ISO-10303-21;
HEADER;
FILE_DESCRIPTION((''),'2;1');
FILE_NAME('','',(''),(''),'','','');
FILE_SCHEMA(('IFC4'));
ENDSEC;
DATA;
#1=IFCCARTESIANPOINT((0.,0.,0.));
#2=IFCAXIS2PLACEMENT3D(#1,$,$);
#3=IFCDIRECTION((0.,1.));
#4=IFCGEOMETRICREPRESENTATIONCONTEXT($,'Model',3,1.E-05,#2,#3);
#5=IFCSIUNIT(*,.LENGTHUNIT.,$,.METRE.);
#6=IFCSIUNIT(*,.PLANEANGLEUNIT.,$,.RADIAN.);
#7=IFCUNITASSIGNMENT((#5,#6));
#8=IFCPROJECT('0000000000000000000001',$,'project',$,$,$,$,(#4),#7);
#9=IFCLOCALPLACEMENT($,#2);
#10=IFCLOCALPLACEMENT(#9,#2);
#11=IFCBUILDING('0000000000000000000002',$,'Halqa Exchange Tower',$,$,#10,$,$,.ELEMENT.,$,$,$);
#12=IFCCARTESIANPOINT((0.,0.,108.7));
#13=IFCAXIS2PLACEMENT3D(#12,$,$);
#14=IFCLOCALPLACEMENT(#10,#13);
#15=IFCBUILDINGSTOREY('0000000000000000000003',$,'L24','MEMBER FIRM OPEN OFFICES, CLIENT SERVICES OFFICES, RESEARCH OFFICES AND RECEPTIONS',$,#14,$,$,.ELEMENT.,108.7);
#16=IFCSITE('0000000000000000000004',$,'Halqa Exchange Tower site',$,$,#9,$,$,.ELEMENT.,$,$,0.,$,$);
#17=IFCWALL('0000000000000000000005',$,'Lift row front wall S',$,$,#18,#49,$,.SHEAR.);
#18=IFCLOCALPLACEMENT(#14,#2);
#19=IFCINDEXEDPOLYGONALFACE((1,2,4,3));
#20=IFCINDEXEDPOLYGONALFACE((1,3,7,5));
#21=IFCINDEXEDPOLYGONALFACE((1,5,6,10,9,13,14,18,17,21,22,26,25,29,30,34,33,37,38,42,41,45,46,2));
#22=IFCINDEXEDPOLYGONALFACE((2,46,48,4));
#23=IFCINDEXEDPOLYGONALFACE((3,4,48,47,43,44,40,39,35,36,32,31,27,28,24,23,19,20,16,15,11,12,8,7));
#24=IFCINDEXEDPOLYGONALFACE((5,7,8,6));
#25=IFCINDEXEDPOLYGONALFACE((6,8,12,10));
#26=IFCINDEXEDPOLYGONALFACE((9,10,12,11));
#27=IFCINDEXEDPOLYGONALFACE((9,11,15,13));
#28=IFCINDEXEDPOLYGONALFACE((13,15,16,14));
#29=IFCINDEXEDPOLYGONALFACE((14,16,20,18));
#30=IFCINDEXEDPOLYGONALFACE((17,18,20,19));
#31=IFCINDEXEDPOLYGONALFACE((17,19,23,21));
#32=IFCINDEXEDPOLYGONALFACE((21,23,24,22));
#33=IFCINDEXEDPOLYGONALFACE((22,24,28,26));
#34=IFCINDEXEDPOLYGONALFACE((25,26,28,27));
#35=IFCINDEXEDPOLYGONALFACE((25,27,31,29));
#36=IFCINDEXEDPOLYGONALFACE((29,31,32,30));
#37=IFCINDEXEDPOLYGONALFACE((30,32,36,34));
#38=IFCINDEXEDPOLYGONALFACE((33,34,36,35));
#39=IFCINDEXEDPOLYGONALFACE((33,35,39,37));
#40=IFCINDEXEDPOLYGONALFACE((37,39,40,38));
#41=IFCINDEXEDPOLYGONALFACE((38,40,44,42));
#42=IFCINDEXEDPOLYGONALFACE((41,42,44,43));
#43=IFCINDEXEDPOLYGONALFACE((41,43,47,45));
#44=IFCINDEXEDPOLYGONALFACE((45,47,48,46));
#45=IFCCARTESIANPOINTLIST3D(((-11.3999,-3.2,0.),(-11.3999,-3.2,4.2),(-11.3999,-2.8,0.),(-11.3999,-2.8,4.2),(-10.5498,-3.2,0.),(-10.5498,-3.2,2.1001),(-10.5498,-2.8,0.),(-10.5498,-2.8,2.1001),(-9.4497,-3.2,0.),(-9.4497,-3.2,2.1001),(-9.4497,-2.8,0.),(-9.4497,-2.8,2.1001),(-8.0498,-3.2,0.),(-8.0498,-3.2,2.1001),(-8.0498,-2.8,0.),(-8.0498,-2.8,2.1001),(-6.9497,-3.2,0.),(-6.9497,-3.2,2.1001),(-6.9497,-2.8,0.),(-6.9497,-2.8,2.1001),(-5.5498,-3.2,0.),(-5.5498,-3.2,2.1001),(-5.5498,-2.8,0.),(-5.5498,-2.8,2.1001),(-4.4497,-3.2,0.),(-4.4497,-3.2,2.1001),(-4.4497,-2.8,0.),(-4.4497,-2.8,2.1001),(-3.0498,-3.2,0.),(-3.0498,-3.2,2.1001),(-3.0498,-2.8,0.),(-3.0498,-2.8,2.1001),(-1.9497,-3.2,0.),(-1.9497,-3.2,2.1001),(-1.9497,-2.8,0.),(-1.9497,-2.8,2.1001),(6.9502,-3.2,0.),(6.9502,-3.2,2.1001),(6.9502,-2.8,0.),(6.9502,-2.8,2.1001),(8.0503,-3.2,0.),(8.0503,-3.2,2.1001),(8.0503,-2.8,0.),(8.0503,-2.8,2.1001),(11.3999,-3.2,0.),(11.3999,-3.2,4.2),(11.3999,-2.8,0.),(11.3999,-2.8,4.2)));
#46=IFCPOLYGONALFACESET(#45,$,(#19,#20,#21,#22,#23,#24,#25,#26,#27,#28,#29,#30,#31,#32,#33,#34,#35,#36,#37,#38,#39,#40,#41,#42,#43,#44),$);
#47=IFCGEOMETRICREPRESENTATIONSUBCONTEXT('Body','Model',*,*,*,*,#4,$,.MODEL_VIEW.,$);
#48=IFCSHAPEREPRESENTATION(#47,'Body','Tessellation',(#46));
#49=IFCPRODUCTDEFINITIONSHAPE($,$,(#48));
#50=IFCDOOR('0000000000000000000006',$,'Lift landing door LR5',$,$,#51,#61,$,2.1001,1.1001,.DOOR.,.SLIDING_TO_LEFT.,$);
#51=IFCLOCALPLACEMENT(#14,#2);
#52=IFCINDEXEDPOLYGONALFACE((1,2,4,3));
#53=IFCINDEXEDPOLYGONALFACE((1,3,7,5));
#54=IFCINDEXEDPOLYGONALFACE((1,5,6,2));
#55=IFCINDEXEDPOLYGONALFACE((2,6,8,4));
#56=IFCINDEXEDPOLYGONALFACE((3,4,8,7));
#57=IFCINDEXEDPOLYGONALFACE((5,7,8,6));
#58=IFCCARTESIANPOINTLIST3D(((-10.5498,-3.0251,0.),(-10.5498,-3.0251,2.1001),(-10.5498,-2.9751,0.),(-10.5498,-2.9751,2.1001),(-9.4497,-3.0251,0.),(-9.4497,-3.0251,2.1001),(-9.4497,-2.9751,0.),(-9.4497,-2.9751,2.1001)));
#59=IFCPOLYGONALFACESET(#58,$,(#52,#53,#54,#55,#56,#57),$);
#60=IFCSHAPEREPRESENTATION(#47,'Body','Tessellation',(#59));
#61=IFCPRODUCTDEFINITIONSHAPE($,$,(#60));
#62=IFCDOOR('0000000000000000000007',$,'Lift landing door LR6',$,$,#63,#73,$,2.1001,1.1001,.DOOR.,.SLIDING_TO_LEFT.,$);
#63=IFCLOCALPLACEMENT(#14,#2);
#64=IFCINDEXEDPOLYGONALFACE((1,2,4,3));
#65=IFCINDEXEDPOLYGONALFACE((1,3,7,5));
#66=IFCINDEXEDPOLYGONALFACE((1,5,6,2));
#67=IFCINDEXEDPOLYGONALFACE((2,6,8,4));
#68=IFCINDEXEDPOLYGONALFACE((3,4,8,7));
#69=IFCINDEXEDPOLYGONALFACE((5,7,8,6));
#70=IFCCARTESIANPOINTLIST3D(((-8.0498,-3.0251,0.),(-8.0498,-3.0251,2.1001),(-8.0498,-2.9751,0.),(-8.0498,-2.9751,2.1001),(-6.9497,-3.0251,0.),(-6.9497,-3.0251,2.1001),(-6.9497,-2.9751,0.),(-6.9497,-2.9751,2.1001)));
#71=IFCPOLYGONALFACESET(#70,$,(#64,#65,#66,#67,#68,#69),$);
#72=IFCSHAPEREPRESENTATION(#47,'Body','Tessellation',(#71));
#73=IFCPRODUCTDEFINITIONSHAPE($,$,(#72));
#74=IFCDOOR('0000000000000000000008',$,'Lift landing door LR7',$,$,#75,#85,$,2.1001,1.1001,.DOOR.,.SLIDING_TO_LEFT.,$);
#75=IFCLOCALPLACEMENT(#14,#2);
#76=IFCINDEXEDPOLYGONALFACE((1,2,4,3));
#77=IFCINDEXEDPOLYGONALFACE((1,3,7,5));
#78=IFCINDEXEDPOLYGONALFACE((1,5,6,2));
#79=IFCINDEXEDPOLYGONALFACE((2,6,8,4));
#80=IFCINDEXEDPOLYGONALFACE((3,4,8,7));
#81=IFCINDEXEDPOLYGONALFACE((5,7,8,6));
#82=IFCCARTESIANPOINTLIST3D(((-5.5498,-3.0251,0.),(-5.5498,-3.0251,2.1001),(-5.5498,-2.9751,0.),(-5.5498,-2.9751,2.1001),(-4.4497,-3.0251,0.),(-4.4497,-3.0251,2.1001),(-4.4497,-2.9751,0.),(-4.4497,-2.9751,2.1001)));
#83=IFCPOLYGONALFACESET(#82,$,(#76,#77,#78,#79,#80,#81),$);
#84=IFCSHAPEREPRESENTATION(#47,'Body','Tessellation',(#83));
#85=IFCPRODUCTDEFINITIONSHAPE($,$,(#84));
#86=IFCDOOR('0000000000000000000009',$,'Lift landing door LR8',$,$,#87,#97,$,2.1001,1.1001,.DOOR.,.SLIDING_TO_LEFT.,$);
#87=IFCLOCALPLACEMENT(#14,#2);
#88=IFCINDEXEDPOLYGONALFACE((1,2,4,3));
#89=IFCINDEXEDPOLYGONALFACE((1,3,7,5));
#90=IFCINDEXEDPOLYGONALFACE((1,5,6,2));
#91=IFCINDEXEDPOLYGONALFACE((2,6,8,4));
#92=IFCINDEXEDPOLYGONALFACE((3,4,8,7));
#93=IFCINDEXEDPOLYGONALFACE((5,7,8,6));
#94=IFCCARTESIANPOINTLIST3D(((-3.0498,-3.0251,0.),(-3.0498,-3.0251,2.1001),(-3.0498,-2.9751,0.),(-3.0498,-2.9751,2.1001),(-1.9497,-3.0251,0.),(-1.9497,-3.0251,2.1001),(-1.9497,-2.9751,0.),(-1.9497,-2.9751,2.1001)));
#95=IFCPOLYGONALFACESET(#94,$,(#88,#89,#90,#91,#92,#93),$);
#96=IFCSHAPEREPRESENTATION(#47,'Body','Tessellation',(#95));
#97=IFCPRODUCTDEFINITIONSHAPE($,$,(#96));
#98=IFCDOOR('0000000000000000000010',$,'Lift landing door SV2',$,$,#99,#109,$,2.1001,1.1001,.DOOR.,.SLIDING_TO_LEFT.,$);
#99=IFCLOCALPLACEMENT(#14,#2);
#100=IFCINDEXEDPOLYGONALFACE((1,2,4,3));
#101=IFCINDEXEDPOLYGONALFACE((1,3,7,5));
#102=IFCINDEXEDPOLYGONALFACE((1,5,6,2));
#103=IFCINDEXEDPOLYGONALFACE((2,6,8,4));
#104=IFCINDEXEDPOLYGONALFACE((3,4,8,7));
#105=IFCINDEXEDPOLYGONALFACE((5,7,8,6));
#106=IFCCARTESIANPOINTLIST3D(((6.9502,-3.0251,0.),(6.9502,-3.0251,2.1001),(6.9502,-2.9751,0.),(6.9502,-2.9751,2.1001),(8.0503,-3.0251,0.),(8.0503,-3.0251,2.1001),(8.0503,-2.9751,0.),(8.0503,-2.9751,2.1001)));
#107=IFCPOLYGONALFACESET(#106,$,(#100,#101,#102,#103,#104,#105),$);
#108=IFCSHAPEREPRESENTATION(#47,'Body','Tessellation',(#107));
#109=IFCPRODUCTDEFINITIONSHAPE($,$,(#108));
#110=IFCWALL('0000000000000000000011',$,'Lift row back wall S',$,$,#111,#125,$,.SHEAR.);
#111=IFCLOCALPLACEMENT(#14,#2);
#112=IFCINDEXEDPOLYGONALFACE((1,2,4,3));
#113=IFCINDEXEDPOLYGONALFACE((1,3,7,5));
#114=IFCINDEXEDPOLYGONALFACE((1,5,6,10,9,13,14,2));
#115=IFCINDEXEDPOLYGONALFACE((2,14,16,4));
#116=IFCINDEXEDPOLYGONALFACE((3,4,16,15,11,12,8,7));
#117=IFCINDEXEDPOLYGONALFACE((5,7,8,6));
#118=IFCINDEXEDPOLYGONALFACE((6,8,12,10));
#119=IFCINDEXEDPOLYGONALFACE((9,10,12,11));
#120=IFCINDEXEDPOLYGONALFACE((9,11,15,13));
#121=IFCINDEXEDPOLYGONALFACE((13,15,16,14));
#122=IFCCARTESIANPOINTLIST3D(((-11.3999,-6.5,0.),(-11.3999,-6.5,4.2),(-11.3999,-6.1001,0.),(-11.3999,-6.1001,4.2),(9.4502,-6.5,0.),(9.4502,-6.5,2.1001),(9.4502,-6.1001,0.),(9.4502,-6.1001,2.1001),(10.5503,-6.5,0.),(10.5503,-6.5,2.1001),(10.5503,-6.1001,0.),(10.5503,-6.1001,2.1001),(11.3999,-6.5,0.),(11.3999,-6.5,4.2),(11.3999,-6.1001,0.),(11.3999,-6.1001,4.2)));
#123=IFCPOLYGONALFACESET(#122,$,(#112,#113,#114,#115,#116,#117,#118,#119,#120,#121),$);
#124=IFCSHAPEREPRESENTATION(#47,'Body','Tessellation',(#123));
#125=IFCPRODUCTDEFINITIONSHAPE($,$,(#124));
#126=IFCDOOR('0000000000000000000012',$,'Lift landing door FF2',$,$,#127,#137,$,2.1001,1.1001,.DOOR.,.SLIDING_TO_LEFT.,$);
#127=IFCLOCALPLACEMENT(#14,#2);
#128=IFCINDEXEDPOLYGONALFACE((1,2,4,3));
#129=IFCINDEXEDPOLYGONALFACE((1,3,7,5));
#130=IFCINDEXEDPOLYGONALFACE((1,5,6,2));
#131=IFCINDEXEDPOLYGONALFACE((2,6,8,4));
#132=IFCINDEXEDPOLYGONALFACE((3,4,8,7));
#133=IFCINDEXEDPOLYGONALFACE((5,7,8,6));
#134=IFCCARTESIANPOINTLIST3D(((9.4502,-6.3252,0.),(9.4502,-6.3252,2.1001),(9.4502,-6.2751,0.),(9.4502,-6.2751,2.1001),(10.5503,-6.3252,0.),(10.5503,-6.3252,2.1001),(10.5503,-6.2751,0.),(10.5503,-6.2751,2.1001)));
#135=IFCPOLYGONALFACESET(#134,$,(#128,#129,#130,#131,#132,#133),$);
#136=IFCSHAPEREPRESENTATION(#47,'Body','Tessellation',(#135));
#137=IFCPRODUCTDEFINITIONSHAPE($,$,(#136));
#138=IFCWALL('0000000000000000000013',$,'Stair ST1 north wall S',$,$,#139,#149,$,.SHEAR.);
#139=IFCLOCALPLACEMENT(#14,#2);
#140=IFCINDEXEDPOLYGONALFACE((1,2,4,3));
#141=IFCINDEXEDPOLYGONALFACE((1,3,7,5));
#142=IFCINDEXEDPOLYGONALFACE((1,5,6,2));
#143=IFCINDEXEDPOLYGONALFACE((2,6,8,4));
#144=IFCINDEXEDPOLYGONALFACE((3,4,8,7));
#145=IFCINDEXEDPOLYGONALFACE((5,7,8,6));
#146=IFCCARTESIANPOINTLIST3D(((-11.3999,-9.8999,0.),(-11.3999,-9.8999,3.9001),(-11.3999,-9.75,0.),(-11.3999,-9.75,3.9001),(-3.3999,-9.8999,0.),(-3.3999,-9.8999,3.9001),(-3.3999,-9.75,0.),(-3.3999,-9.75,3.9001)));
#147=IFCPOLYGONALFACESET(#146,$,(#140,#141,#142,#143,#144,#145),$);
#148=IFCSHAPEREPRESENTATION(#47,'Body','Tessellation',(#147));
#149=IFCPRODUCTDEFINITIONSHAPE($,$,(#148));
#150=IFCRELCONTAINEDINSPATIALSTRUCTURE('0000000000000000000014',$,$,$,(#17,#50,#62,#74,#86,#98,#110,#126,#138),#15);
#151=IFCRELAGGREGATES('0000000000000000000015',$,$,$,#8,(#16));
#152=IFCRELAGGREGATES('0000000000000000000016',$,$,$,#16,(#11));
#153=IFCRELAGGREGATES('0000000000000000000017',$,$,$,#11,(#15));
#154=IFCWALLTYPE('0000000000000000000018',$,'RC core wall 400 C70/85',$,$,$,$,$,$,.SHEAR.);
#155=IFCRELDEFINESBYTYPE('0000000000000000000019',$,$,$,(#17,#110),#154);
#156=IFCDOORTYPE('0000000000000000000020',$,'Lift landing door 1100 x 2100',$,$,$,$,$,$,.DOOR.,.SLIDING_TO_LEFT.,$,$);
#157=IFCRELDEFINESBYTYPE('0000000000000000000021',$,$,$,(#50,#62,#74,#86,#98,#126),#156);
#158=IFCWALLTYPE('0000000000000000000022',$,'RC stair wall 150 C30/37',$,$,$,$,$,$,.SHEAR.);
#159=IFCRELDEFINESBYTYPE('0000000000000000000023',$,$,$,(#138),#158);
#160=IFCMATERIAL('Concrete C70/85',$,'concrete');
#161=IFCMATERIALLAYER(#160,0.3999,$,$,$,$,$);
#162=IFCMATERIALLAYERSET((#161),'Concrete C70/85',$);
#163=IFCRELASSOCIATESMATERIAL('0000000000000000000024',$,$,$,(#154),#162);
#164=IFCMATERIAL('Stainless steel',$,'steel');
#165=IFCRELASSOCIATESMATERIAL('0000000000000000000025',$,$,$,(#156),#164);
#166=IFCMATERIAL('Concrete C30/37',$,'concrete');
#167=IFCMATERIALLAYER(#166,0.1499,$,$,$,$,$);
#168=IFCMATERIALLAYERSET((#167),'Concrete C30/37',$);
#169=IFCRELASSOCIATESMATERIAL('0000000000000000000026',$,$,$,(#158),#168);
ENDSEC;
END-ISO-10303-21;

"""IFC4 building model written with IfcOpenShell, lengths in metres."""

from ifc_helpers import new_model, si_unit, direction, frame, frame_2d, origin, place, context, subcontext, project, spatial, rectangle, extrude, material, layer, layer_set, type_object, element, fill, save


model = new_model("IFC4")

# Units and contexts
model_context = context("Model", 3, precision=1e-05, world=origin(), true_north=direction((0.0, 1.0)))
body_context = subcontext(model_context, "Body", "Model", "MODEL_VIEW")
ifc_project = project(units=[si_unit("LENGTHUNIT", "METRE"), si_unit("PLANEANGLEUNIT", "RADIAN")], contexts=[model_context])

# Site, building, storey
site_placement = place(None, origin())
site = spatial("IfcSite", under=ifc_project, at=site_placement, Name="Halqa Exchange Tower site", CompositionType="ELEMENT", RefElevation=0.0)
building_placement = place(site_placement, origin())
building = spatial("IfcBuilding", under=site, at=building_placement, Name="Halqa Exchange Tower", CompositionType="ELEMENT")
storey_placement = place(building_placement, frame((0.0, 0.0, 108.7)))
storey = spatial("IfcBuildingStorey", under=building, at=storey_placement, Name="L24", Description="MEMBER FIRM OPEN OFFICES, CLIENT SERVICES OFFICES, RESEARCH OFFICES AND RECEPTIONS", CompositionType="ELEMENT", Elevation=108.7)

# Wall, openings, doors
ifc_material_1 = material(Name="Concrete C70/85", Category="concrete")
ifc_layer_1 = layer(ifc_material_1, 0.3999)
ifc_layer_set_1 = layer_set([ifc_layer_1], Name="Concrete C70/85")
wall_type_1 = type_object("IfcWallType", Name="RC core wall 400 C70/85", PredefinedType="SHEAR", material=ifc_layer_set_1)
wall_1_placement = place(storey_placement, frame((-11.3999, -3.0, 0.0), z_axis=(0.0, 0.0, 1.0), x_axis=(1.0, 0.0, 0.0)))
wall_1 = element("IfcWall", 1, at=wall_1_placement, inside=storey, type_object=wall_type_1, Name="Lift row front wall S", PredefinedType="SHEAR", context=body_context, shape_type="SweptSolid", body=[
    extrude(rectangle(XDim=22.7998, YDim=0.3999, at=frame_2d((11.3999, 0.0))), origin(), (0.0, 0.0, 1.0), 4.2),
])
opening_1_placement = place(wall_1_placement, frame((0.8501, 0.0, 0.0)))
opening_1 = element("IfcOpeningElement", 2, at=opening_1_placement, cuts=wall_1, PredefinedType="OPENING", context=body_context, shape_type="SweptSolid", body=[
    extrude(rectangle(XDim=1.1001, YDim=2.1001, at=frame_2d((0.55, 1.05))), frame((0.0, 0.2119, 0.0), z_axis=(0.0, -1.0, 0.0), x_axis=(1.0, 0.0, 0.0)), (0.0, 0.0, 1.0), 0.4238),
])
opening_2_placement = place(wall_1_placement, frame((3.3501, 0.0, 0.0)))
opening_2 = element("IfcOpeningElement", 3, at=opening_2_placement, cuts=wall_1, PredefinedType="OPENING", context=body_context, shape_type="SweptSolid", body=[
    extrude(rectangle(XDim=1.1001, YDim=2.1001, at=frame_2d((0.55, 1.05))), frame((0.0, 0.2119, 0.0), z_axis=(0.0, -1.0, 0.0), x_axis=(1.0, 0.0, 0.0)), (0.0, 0.0, 1.0), 0.4238),
])
opening_3_placement = place(wall_1_placement, frame((5.8501, 0.0, 0.0)))
opening_3 = element("IfcOpeningElement", 4, at=opening_3_placement, cuts=wall_1, PredefinedType="OPENING", context=body_context, shape_type="SweptSolid", body=[
    extrude(rectangle(XDim=1.1001, YDim=2.1001, at=frame_2d((0.55, 1.05))), frame((0.0, 0.2119, 0.0), z_axis=(0.0, -1.0, 0.0), x_axis=(1.0, 0.0, 0.0)), (0.0, 0.0, 1.0), 0.4238),
])
opening_4_placement = place(wall_1_placement, frame((8.3501, 0.0, 0.0)))
opening_4 = element("IfcOpeningElement", 5, at=opening_4_placement, cuts=wall_1, PredefinedType="OPENING", context=body_context, shape_type="SweptSolid", body=[
    extrude(rectangle(XDim=1.1001, YDim=2.1001, at=frame_2d((0.55, 1.05))), frame((0.0, 0.2119, 0.0), z_axis=(0.0, -1.0, 0.0), x_axis=(1.0, 0.0, 0.0)), (0.0, 0.0, 1.0), 0.4238),
])
opening_5_placement = place(wall_1_placement, frame((18.3501, 0.0, 0.0)))
opening_5 = element("IfcOpeningElement", 6, at=opening_5_placement, cuts=wall_1, PredefinedType="OPENING", context=body_context, shape_type="SweptSolid", body=[
    extrude(rectangle(XDim=1.1001, YDim=2.1001, at=frame_2d((0.55, 1.05))), frame((0.0, 0.2119, 0.0), z_axis=(0.0, -1.0, 0.0), x_axis=(1.0, 0.0, 0.0)), (0.0, 0.0, 1.0), 0.4238),
])
ifc_material_2 = material(Name="Stainless steel", Category="steel")
door_type = type_object("IfcDoorType", Name="Lift landing door 1100 x 2100", OperationType="SLIDING_TO_LEFT", PredefinedType="DOOR", material=ifc_material_2)
door_1_placement = place(opening_1_placement, origin())
door_1 = element("IfcDoor", 7, at=door_1_placement, inside=storey, type_object=door_type, Name="Lift landing door LR5", OperationType="SLIDING_TO_LEFT", OverallHeight=2.1001, OverallWidth=1.1001, PredefinedType="DOOR", context=body_context, shape_type="SweptSolid", body=[
    extrude(rectangle(XDim=1.1001, YDim=2.1001, at=frame_2d((0.55, 1.05))), frame((0.0, 0.0249, 0.0), z_axis=(0.0, -1.0, 0.0), x_axis=(1.0, 0.0, 0.0)), (0.0, 0.0, 1.0), 0.05),
])
fill(opening_1, door_1)
door_2_placement = place(opening_2_placement, origin())
door_2 = element("IfcDoor", 8, at=door_2_placement, inside=storey, type_object=door_type, Name="Lift landing door LR6", OperationType="SLIDING_TO_LEFT", OverallHeight=2.1001, OverallWidth=1.1001, PredefinedType="DOOR", context=body_context, shape_type="SweptSolid", body=[
    extrude(rectangle(XDim=1.1001, YDim=2.1001, at=frame_2d((0.55, 1.05))), frame((0.0, 0.0249, 0.0), z_axis=(0.0, -1.0, 0.0), x_axis=(1.0, 0.0, 0.0)), (0.0, 0.0, 1.0), 0.05),
])
fill(opening_2, door_2)
door_3_placement = place(opening_3_placement, origin())
door_3 = element("IfcDoor", 9, at=door_3_placement, inside=storey, type_object=door_type, Name="Lift landing door LR7", OperationType="SLIDING_TO_LEFT", OverallHeight=2.1001, OverallWidth=1.1001, PredefinedType="DOOR", context=body_context, shape_type="SweptSolid", body=[
    extrude(rectangle(XDim=1.1001, YDim=2.1001, at=frame_2d((0.55, 1.05))), frame((0.0, 0.0249, 0.0), z_axis=(0.0, -1.0, 0.0), x_axis=(1.0, 0.0, 0.0)), (0.0, 0.0, 1.0), 0.05),
])
fill(opening_3, door_3)
door_4_placement = place(opening_4_placement, origin())
door_4 = element("IfcDoor", 10, at=door_4_placement, inside=storey, type_object=door_type, Name="Lift landing door LR8", OperationType="SLIDING_TO_LEFT", OverallHeight=2.1001, OverallWidth=1.1001, PredefinedType="DOOR", context=body_context, shape_type="SweptSolid", body=[
    extrude(rectangle(XDim=1.1001, YDim=2.1001, at=frame_2d((0.55, 1.05))), frame((0.0, 0.0249, 0.0), z_axis=(0.0, -1.0, 0.0), x_axis=(1.0, 0.0, 0.0)), (0.0, 0.0, 1.0), 0.05),
])
fill(opening_4, door_4)
door_5_placement = place(opening_5_placement, origin())
door_5 = element("IfcDoor", 11, at=door_5_placement, inside=storey, type_object=door_type, Name="Lift landing door SV2", OperationType="SLIDING_TO_LEFT", OverallHeight=2.1001, OverallWidth=1.1001, PredefinedType="DOOR", context=body_context, shape_type="SweptSolid", body=[
    extrude(rectangle(XDim=1.1001, YDim=2.1001, at=frame_2d((0.55, 1.05))), frame((0.0, 0.0249, 0.0), z_axis=(0.0, -1.0, 0.0), x_axis=(1.0, 0.0, 0.0)), (0.0, 0.0, 1.0), 0.05),
])
fill(opening_5, door_5)

# Wall, opening, door
wall_2_placement = place(storey_placement, frame((-11.3999, -6.3, 0.0), z_axis=(0.0, 0.0, 1.0), x_axis=(1.0, 0.0, 0.0)))
wall_2 = element("IfcWall", 12, at=wall_2_placement, inside=storey, type_object=wall_type_1, Name="Lift row back wall S", PredefinedType="SHEAR", context=body_context, shape_type="SweptSolid", body=[
    extrude(rectangle(XDim=22.7998, YDim=0.3999, at=frame_2d((11.3999, 0.0))), origin(), (0.0, 0.0, 1.0), 4.2),
])
opening_6_placement = place(wall_2_placement, frame((20.8501, 0.0, 0.0)))
opening_6 = element("IfcOpeningElement", 13, at=opening_6_placement, cuts=wall_2, PredefinedType="OPENING", context=body_context, shape_type="SweptSolid", body=[
    extrude(rectangle(XDim=1.1001, YDim=2.1001, at=frame_2d((0.55, 1.05))), frame((0.0, 0.2119, 0.0), z_axis=(0.0, -1.0, 0.0), x_axis=(1.0, 0.0, 0.0)), (0.0, 0.0, 1.0), 0.4238),
])
door_6_placement = place(opening_6_placement, origin())
door_6 = element("IfcDoor", 14, at=door_6_placement, inside=storey, type_object=door_type, Name="Lift landing door FF2", OperationType="SLIDING_TO_LEFT", OverallHeight=2.1001, OverallWidth=1.1001, PredefinedType="DOOR", context=body_context, shape_type="SweptSolid", body=[
    extrude(rectangle(XDim=1.1001, YDim=2.1001, at=frame_2d((0.55, 1.05))), frame((0.0, 0.0249, 0.0), z_axis=(0.0, -1.0, 0.0), x_axis=(1.0, 0.0, 0.0)), (0.0, 0.0, 1.0), 0.05),
])
fill(opening_6, door_6)

# Wall
ifc_material_3 = material(Name="Concrete C30/37", Category="concrete")
ifc_layer_2 = layer(ifc_material_3, 0.1499)
ifc_layer_set_2 = layer_set([ifc_layer_2], Name="Concrete C30/37")
wall_type_2 = type_object("IfcWallType", Name="RC stair wall 150 C30/37", PredefinedType="SHEAR", material=ifc_layer_set_2)
wall_3_placement = place(storey_placement, frame((-11.3999, -9.825, 0.0), z_axis=(0.0, 0.0, 1.0), x_axis=(1.0, 0.0, 0.0)))
element("IfcWall", 15, at=wall_3_placement, inside=storey, type_object=wall_type_2, Name="Stair ST1 north wall S", PredefinedType="SHEAR", context=body_context, shape_type="SweptSolid", body=[
    extrude(rectangle(XDim=8.0, YDim=0.1499, at=frame_2d((4.0, 0.0))), origin(), (0.0, 0.0, 1.0), 3.9001),
])

save(model, "model.ifc")
